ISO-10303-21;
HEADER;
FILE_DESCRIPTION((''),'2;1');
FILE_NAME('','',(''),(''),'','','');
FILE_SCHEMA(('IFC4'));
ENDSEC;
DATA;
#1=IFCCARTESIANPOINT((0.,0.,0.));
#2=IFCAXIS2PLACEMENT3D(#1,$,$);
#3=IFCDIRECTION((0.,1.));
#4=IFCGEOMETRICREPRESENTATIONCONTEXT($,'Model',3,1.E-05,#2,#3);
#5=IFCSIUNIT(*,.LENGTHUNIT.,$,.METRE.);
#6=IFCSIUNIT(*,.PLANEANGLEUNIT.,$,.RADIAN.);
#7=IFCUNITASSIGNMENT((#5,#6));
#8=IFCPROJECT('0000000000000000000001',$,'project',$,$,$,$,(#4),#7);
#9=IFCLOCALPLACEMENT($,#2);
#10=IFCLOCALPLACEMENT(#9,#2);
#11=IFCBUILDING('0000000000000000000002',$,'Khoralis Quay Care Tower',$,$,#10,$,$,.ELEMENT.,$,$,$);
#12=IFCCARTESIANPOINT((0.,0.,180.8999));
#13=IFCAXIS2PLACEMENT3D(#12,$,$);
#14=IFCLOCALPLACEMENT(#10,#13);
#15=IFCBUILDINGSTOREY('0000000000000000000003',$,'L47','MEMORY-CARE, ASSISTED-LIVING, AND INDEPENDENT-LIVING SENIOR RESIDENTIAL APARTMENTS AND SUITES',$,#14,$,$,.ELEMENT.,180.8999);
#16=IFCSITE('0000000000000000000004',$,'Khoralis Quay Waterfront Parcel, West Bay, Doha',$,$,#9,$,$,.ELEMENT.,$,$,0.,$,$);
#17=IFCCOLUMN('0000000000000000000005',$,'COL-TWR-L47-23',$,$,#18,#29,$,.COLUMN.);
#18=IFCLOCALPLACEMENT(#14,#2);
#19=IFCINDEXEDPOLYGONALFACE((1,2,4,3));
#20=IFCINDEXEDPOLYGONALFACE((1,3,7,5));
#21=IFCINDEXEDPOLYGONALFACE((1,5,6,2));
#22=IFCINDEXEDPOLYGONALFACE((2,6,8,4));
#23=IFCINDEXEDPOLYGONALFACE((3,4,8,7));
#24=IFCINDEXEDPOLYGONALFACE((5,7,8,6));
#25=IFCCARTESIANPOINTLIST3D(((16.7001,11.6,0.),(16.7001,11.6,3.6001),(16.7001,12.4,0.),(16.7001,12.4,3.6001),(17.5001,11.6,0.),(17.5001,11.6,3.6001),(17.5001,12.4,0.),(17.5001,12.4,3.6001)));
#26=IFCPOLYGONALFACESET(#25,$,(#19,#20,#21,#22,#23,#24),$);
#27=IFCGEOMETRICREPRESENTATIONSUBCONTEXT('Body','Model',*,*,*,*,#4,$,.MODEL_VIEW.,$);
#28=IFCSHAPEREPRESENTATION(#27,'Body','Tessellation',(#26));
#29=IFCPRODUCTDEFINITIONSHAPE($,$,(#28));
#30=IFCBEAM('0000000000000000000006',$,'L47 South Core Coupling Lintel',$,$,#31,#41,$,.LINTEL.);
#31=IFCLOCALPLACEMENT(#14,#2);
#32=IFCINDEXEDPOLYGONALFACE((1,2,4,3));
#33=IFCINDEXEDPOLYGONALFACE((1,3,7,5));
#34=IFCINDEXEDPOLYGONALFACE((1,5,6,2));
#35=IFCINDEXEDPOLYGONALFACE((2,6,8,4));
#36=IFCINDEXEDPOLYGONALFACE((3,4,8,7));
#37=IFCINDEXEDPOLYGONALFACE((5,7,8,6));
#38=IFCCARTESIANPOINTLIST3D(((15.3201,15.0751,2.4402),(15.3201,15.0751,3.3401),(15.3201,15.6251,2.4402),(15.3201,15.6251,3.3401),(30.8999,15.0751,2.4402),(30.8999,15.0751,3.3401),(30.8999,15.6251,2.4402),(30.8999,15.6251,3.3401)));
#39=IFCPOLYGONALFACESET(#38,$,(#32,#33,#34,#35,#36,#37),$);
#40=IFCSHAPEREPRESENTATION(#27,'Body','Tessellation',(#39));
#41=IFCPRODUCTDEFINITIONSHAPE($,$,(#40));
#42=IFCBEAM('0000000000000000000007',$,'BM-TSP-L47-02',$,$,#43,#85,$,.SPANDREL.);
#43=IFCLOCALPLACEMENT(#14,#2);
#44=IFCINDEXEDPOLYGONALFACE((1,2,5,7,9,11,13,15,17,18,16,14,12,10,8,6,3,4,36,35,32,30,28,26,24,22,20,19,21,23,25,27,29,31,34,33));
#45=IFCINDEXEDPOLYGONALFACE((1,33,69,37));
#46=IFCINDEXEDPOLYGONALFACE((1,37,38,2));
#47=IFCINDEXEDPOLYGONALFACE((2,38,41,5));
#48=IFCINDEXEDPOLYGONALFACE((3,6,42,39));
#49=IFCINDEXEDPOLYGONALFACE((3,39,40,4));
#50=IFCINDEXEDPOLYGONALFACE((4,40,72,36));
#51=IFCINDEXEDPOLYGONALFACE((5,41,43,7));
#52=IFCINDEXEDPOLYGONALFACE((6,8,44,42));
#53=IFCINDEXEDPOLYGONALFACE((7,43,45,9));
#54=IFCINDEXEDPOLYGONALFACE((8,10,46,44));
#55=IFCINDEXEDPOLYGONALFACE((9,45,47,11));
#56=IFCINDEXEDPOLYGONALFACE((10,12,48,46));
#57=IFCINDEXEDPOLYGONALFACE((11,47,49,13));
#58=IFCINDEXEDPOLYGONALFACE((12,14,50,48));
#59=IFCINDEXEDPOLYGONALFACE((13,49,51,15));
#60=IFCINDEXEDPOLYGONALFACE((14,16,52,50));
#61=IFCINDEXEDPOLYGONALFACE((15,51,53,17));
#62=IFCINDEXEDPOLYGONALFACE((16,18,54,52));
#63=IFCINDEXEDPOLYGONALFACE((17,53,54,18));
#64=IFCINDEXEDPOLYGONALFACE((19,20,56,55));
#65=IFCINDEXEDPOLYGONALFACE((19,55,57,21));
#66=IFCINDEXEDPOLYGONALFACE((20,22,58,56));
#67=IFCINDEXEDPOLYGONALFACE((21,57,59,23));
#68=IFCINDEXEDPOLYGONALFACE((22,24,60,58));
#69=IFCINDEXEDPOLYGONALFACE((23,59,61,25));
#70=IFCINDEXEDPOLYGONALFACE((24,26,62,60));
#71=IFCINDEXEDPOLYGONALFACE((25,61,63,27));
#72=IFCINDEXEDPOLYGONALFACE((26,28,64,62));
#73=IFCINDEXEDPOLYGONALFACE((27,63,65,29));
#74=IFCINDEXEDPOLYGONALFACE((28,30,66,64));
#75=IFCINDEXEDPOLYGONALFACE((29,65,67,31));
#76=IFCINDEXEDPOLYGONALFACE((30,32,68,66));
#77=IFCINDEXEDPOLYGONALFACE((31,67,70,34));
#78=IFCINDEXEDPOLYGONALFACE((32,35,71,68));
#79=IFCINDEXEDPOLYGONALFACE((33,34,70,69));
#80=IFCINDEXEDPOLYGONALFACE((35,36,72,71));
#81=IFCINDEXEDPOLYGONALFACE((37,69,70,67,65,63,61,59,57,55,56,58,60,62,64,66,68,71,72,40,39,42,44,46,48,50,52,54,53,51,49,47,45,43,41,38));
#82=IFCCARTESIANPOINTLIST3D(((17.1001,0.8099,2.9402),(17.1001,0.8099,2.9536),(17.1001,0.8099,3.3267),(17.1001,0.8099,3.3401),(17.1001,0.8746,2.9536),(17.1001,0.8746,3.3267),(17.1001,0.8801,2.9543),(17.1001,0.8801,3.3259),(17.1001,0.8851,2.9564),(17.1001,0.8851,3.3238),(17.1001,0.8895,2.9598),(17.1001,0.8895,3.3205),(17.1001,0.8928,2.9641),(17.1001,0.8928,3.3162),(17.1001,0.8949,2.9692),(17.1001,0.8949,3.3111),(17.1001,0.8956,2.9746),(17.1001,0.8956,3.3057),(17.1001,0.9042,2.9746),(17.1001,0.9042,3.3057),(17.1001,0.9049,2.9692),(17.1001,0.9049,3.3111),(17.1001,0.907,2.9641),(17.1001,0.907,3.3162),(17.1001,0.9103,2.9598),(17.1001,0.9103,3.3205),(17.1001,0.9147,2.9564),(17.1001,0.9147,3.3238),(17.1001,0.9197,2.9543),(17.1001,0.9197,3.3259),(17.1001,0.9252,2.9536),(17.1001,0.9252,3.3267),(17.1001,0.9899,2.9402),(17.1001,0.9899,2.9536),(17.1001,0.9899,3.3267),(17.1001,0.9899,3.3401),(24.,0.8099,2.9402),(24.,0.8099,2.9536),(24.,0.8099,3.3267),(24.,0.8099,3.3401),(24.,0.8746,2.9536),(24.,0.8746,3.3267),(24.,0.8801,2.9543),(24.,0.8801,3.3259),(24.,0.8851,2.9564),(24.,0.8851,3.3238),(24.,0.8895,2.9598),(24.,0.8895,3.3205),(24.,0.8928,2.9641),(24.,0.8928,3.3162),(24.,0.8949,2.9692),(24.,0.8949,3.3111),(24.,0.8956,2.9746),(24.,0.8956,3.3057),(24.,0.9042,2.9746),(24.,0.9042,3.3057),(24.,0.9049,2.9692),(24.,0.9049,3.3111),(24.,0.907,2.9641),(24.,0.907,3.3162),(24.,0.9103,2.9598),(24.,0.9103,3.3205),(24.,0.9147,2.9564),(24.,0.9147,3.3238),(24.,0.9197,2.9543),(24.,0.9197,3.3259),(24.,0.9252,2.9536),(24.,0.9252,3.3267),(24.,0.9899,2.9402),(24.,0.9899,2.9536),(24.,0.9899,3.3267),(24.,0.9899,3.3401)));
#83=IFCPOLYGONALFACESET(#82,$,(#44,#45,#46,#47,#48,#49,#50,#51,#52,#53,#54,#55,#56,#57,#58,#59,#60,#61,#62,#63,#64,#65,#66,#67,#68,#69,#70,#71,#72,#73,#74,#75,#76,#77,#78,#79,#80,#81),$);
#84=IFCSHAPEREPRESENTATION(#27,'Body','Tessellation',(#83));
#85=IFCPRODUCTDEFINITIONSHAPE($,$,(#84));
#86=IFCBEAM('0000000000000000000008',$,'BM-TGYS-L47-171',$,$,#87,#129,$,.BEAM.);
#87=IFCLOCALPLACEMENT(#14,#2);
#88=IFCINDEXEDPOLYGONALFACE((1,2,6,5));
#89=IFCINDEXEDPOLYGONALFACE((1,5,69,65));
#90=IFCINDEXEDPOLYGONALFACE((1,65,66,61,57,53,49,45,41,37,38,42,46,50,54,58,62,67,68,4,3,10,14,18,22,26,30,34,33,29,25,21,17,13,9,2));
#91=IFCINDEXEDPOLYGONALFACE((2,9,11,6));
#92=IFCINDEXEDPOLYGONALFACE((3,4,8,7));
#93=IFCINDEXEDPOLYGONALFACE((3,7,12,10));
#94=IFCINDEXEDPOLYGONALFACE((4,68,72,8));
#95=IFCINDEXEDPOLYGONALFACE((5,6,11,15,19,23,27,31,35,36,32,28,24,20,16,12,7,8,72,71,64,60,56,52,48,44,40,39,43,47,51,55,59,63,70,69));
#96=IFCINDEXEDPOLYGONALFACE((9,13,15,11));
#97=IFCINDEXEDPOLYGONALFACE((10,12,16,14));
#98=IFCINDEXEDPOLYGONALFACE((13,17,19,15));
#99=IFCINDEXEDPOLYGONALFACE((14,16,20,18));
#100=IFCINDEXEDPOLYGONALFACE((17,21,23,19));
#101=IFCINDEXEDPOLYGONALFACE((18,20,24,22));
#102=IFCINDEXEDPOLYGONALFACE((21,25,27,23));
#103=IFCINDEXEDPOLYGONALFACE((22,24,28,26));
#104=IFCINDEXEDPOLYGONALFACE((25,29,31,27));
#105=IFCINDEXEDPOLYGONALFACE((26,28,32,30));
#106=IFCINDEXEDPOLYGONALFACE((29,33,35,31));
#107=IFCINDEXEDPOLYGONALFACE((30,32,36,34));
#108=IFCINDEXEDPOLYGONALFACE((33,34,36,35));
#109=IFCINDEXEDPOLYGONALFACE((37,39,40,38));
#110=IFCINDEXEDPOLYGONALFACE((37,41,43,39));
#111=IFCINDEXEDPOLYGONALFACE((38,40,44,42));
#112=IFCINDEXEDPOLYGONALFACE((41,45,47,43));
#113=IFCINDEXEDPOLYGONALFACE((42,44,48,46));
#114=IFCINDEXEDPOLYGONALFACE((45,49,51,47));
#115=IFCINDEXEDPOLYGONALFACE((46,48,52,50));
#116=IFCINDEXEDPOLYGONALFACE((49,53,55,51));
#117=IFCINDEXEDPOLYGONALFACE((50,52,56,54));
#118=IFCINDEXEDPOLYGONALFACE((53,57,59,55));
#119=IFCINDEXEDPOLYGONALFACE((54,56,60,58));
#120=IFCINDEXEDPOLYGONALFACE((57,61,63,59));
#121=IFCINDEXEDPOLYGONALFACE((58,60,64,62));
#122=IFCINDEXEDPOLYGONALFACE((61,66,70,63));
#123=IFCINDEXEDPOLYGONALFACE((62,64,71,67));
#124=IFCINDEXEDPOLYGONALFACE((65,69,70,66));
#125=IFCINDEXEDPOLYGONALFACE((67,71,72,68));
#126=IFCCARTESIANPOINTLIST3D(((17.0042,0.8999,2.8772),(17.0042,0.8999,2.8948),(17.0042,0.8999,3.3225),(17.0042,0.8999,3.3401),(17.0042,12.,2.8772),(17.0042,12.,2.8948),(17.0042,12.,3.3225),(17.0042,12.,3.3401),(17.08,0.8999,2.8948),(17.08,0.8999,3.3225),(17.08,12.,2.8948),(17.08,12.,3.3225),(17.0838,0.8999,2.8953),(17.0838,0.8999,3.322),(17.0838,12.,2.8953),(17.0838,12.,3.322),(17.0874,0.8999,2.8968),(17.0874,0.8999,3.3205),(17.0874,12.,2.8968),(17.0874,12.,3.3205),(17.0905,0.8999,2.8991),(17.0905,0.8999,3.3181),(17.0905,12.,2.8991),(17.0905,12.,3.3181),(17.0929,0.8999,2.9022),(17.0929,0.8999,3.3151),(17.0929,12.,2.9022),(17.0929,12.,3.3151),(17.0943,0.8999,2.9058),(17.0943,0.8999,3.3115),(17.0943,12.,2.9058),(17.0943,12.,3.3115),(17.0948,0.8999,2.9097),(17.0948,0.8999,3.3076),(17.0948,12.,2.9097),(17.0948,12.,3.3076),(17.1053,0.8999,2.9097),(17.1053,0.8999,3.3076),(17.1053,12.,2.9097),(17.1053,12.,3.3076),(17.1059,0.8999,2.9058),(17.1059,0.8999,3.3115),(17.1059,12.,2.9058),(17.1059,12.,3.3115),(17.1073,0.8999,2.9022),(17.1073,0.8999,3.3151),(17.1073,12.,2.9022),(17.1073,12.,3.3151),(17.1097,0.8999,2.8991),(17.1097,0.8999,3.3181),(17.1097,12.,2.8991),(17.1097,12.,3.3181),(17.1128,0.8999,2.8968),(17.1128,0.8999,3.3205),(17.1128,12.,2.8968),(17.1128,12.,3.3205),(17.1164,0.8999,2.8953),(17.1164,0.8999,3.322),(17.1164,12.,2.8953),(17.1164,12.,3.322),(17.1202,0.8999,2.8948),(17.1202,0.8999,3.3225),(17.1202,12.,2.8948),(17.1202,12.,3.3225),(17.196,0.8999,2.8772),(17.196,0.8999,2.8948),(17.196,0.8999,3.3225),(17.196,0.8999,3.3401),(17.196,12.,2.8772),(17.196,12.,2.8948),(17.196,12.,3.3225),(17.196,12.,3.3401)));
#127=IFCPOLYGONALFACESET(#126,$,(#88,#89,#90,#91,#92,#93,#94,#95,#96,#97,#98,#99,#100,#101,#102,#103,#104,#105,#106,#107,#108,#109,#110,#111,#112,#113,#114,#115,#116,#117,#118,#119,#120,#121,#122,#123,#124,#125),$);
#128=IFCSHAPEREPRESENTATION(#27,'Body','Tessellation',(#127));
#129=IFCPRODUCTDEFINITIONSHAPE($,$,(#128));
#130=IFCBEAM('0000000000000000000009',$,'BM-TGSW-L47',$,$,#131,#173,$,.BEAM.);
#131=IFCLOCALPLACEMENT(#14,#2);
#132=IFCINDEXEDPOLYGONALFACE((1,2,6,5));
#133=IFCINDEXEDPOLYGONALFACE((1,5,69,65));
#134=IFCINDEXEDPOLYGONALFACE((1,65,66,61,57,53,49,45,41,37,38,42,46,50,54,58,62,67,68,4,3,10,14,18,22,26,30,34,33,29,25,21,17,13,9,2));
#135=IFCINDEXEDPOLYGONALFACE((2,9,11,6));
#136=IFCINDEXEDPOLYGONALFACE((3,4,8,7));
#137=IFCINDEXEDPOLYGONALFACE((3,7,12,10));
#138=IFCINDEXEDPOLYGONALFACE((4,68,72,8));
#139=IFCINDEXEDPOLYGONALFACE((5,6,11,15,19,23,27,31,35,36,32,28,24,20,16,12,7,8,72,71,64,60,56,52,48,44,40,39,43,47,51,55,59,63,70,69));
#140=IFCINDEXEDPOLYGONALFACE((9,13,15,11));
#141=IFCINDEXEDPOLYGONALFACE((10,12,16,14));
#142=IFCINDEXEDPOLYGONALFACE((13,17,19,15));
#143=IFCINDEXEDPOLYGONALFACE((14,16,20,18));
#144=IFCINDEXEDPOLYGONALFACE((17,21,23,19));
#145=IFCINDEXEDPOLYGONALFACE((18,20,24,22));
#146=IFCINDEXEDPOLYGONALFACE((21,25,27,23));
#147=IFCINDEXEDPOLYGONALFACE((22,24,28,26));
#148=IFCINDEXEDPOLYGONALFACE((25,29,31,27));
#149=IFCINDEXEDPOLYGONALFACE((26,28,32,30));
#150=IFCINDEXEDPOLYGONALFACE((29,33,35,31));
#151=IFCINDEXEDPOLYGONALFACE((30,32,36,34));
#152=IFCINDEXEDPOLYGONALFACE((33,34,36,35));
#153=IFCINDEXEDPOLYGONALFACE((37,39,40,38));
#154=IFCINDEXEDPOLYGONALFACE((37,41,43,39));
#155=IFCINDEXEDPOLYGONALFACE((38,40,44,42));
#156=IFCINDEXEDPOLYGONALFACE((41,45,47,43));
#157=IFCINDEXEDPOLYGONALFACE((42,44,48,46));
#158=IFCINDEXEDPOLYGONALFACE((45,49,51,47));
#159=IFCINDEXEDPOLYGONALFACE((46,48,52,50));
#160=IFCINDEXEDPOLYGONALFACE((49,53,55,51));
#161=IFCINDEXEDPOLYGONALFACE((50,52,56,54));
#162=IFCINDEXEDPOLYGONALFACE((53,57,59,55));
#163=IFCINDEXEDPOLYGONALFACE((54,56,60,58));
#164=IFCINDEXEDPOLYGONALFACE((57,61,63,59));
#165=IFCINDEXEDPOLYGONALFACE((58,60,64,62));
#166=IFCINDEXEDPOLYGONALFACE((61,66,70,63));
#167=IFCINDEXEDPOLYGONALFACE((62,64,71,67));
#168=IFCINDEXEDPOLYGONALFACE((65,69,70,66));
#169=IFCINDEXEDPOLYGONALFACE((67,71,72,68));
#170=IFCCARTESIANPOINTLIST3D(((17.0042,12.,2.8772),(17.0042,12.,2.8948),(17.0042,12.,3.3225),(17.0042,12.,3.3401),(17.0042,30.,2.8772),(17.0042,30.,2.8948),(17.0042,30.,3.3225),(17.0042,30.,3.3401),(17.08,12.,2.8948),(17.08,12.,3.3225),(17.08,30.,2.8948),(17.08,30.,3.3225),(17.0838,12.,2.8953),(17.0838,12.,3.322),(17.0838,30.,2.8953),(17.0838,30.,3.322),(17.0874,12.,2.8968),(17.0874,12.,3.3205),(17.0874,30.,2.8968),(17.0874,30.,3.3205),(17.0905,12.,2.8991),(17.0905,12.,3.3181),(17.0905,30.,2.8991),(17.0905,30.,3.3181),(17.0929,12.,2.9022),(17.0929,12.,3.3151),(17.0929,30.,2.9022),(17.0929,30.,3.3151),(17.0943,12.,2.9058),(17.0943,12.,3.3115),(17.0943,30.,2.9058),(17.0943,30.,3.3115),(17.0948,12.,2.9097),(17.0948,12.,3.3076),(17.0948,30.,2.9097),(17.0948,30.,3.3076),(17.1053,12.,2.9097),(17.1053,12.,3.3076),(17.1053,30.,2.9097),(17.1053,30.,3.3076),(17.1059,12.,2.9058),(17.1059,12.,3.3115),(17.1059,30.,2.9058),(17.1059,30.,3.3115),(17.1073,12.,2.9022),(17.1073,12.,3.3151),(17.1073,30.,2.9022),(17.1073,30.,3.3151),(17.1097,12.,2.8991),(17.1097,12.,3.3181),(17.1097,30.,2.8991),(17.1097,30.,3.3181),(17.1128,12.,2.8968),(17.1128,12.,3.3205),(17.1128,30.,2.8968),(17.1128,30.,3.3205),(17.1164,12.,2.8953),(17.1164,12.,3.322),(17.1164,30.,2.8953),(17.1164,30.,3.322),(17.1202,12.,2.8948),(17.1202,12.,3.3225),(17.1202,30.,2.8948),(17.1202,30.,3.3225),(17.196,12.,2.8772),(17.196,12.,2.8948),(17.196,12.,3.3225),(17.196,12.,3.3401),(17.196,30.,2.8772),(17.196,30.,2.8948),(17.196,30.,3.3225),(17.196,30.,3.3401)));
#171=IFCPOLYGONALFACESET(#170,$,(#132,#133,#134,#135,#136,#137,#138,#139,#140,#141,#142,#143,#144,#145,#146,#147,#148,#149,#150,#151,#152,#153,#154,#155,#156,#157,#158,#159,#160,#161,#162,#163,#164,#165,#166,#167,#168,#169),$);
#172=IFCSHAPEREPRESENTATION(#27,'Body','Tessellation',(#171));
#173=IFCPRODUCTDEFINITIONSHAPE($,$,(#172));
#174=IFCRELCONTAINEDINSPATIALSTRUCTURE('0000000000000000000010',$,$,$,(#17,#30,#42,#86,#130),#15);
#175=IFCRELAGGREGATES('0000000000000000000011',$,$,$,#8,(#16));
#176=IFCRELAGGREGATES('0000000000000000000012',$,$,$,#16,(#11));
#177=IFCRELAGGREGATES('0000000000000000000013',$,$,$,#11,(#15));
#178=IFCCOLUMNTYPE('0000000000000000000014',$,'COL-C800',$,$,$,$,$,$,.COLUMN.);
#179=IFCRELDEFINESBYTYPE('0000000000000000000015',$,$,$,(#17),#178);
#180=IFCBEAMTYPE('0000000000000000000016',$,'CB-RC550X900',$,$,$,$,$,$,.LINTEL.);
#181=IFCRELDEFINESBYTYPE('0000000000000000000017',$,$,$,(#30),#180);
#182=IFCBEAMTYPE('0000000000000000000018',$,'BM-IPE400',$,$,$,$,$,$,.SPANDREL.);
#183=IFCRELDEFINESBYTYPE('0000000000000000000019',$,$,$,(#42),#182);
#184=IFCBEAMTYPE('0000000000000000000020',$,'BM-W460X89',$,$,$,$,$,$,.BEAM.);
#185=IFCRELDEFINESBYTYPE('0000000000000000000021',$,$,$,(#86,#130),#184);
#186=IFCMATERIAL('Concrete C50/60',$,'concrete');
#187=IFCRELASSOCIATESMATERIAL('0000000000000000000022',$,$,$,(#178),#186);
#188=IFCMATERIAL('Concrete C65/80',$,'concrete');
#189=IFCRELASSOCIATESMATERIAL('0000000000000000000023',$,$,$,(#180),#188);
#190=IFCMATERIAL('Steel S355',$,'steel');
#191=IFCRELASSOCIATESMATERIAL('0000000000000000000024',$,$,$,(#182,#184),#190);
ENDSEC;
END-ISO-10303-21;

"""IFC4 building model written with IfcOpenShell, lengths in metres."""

from ifc_helpers import new_model, si_unit, direction, frame, origin, origin_2d, place, context, subcontext, project, spatial, rectangle, i_section, extrude, source, transform, mapped, material, material_profile, profile_set, type_object, element, save


model = new_model("IFC4")

# Units and contexts
model_context = context("Model", 3, precision=1e-05, world=origin(), true_north=direction((0.0, 1.0)))
body_context = subcontext(model_context, "Body", "Model", "MODEL_VIEW")
ifc_project = project(units=[si_unit("LENGTHUNIT", "METRE"), si_unit("PLANEANGLEUNIT", "RADIAN")], contexts=[model_context])

# Site, building, storey
site_placement = place(None, origin())
site = spatial("IfcSite", under=ifc_project, at=site_placement, Name="Khoralis Quay Waterfront Parcel, West Bay, Doha", CompositionType="ELEMENT", RefElevation=0.0)
building_placement = place(site_placement, origin())
building = spatial("IfcBuilding", under=site, at=building_placement, Name="Khoralis Quay Care Tower", CompositionType="ELEMENT")
storey_placement = place(building_placement, frame((0.0, 0.0, 180.8999)))
storey = spatial("IfcBuildingStorey", under=building, at=storey_placement, Name="L47", Description="MEMORY-CARE, ASSISTED-LIVING, AND INDEPENDENT-LIVING SENIOR RESIDENTIAL APARTMENTS AND SUITES", CompositionType="ELEMENT", Elevation=180.8999)

# Column
ifc_material_1 = material(Name="Concrete C50/60", Category="concrete")
ifc_material_profile_1 = material_profile(ifc_material_1, rectangle(XDim=0.8, YDim=0.8, at=origin_2d()), Name="Concrete C50/60")
ifc_profile_set_1 = profile_set([ifc_material_profile_1], Name="Concrete C50/60")
column_type = type_object("IfcColumnType", Name="COL-C800", PredefinedType="COLUMN", material=ifc_profile_set_1)
shared_shape_1 = source(origin(), body_context, "Body", "SweptSolid", [
    extrude(rectangle(XDim=0.8, YDim=0.8, at=origin_2d()), origin(), (0.0, 0.0, 1.0), 3.6001),
])
column_placement = place(storey_placement, frame((17.1001, 12.0, 0.0), z_axis=(0.0, 0.0, 1.0), x_axis=(1.0, 0.0, 0.0)))
element("IfcColumn", 1, at=column_placement, inside=storey, type_object=column_type, Name="COL-TWR-L47-23", PredefinedType="COLUMN", context=body_context, shape_type="MappedRepresentation", body=[
    mapped(shared_shape_1, transform((0.0, 0.0, 0.0), scale=1.0)),
])

# Beams
ifc_material_2 = material(Name="Concrete C65/80", Category="concrete")
ifc_material_profile_2 = material_profile(ifc_material_2, rectangle(XDim=0.55, YDim=0.8999, at=origin_2d()), Name="Concrete C65/80")
ifc_profile_set_2 = profile_set([ifc_material_profile_2], Name="Concrete C65/80")
beam_type_1 = type_object("IfcBeamType", Name="CB-RC550X900", PredefinedType="LINTEL", material=ifc_profile_set_2)
shared_shape_2 = source(origin(), body_context, "Body", "SweptSolid", [
    extrude(rectangle(XDim=0.55, YDim=0.8999, at=origin_2d()), origin(), (0.0, 0.0, 1.0), 15.5798),
])
beam_1_placement = place(storey_placement, frame((15.3201, 15.3501, 2.8901), z_axis=(1.0, 0.0, 0.0), x_axis=(0.0, 1.0, 0.0)))
element("IfcBeam", 2, at=beam_1_placement, inside=storey, type_object=beam_type_1, Name="L47 South Core Coupling Lintel", PredefinedType="LINTEL", context=body_context, shape_type="MappedRepresentation", body=[
    mapped(shared_shape_2, transform((0.0, 0.0, 0.0), scale=1.0)),
])
ifc_material_3 = material(Name="Steel S355", Category="steel")
ifc_material_profile_3 = material_profile(ifc_material_3, i_section(OverallWidth=0.1799, OverallDepth=0.3999, WebThickness=0.0085, FlangeThickness=0.0134, FilletRadius=0.021, at=origin_2d()), Name="Steel S355")
ifc_profile_set_3 = profile_set([ifc_material_profile_3], Name="Steel S355")
beam_type_2 = type_object("IfcBeamType", Name="BM-IPE400", PredefinedType="SPANDREL", material=ifc_profile_set_3)
shared_shape_3 = source(origin(), body_context, "Body", "SweptSolid", [
    extrude(i_section(OverallWidth=0.1799, OverallDepth=0.3999, WebThickness=0.0085, FlangeThickness=0.0134, FilletRadius=0.021, at=origin_2d()), origin(), (0.0, 0.0, 1.0), 6.8999),
])
beam_2_placement = place(storey_placement, frame((17.1001, 0.8999, 3.1401), z_axis=(1.0, 0.0, 0.0), x_axis=(0.0, 1.0, 0.0)))
element("IfcBeam", 3, at=beam_2_placement, inside=storey, type_object=beam_type_2, Name="BM-TSP-L47-02", PredefinedType="SPANDREL", context=body_context, shape_type="MappedRepresentation", body=[
    mapped(shared_shape_3, transform((0.0, 0.0, 0.0), scale=1.0)),
])
ifc_material_profile_4 = material_profile(ifc_material_3, i_section(OverallWidth=0.1919, OverallDepth=0.4629, WebThickness=0.0105, FlangeThickness=0.0176, FilletRadius=0.0149, at=origin_2d()), Name="Steel S355")
ifc_profile_set_4 = profile_set([ifc_material_profile_4], Name="Steel S355")
beam_type_3 = type_object("IfcBeamType", Name="BM-W460X89", PredefinedType="BEAM", material=ifc_profile_set_4)
shared_shape_4 = source(origin(), body_context, "Body", "SweptSolid", [
    extrude(i_section(OverallWidth=0.1919, OverallDepth=0.4629, WebThickness=0.0105, FlangeThickness=0.0176, FilletRadius=0.0149, at=origin_2d()), origin(), (0.0, 0.0, 1.0), 11.1001),
])
beam_3_placement = place(storey_placement, frame((17.1001, 0.8999, 3.1086), z_axis=(0.0, 1.0, 0.0), x_axis=(-1.0, 0.0, 0.0)))
element("IfcBeam", 4, at=beam_3_placement, inside=storey, type_object=beam_type_3, Name="BM-TGYS-L47-171", PredefinedType="BEAM", context=body_context, shape_type="MappedRepresentation", body=[
    mapped(shared_shape_4, transform((0.0, 0.0, 0.0), scale=1.0)),
])
shared_shape_5 = source(origin(), body_context, "Body", "SweptSolid", [
    extrude(i_section(OverallWidth=0.1919, OverallDepth=0.4629, WebThickness=0.0105, FlangeThickness=0.0176, FilletRadius=0.0149, at=origin_2d()), origin(), (0.0, 0.0, 1.0), 18.0),
])
beam_4_placement = place(storey_placement, frame((17.1001, 12.0, 3.1086), z_axis=(0.0, 1.0, 0.0), x_axis=(-1.0, 0.0, 0.0)))
element("IfcBeam", 5, at=beam_4_placement, inside=storey, type_object=beam_type_3, Name="BM-TGSW-L47", PredefinedType="BEAM", context=body_context, shape_type="MappedRepresentation", body=[
    mapped(shared_shape_5, transform((0.0, 0.0, 0.0), scale=1.0)),
])

save(model, "model.ifc")
